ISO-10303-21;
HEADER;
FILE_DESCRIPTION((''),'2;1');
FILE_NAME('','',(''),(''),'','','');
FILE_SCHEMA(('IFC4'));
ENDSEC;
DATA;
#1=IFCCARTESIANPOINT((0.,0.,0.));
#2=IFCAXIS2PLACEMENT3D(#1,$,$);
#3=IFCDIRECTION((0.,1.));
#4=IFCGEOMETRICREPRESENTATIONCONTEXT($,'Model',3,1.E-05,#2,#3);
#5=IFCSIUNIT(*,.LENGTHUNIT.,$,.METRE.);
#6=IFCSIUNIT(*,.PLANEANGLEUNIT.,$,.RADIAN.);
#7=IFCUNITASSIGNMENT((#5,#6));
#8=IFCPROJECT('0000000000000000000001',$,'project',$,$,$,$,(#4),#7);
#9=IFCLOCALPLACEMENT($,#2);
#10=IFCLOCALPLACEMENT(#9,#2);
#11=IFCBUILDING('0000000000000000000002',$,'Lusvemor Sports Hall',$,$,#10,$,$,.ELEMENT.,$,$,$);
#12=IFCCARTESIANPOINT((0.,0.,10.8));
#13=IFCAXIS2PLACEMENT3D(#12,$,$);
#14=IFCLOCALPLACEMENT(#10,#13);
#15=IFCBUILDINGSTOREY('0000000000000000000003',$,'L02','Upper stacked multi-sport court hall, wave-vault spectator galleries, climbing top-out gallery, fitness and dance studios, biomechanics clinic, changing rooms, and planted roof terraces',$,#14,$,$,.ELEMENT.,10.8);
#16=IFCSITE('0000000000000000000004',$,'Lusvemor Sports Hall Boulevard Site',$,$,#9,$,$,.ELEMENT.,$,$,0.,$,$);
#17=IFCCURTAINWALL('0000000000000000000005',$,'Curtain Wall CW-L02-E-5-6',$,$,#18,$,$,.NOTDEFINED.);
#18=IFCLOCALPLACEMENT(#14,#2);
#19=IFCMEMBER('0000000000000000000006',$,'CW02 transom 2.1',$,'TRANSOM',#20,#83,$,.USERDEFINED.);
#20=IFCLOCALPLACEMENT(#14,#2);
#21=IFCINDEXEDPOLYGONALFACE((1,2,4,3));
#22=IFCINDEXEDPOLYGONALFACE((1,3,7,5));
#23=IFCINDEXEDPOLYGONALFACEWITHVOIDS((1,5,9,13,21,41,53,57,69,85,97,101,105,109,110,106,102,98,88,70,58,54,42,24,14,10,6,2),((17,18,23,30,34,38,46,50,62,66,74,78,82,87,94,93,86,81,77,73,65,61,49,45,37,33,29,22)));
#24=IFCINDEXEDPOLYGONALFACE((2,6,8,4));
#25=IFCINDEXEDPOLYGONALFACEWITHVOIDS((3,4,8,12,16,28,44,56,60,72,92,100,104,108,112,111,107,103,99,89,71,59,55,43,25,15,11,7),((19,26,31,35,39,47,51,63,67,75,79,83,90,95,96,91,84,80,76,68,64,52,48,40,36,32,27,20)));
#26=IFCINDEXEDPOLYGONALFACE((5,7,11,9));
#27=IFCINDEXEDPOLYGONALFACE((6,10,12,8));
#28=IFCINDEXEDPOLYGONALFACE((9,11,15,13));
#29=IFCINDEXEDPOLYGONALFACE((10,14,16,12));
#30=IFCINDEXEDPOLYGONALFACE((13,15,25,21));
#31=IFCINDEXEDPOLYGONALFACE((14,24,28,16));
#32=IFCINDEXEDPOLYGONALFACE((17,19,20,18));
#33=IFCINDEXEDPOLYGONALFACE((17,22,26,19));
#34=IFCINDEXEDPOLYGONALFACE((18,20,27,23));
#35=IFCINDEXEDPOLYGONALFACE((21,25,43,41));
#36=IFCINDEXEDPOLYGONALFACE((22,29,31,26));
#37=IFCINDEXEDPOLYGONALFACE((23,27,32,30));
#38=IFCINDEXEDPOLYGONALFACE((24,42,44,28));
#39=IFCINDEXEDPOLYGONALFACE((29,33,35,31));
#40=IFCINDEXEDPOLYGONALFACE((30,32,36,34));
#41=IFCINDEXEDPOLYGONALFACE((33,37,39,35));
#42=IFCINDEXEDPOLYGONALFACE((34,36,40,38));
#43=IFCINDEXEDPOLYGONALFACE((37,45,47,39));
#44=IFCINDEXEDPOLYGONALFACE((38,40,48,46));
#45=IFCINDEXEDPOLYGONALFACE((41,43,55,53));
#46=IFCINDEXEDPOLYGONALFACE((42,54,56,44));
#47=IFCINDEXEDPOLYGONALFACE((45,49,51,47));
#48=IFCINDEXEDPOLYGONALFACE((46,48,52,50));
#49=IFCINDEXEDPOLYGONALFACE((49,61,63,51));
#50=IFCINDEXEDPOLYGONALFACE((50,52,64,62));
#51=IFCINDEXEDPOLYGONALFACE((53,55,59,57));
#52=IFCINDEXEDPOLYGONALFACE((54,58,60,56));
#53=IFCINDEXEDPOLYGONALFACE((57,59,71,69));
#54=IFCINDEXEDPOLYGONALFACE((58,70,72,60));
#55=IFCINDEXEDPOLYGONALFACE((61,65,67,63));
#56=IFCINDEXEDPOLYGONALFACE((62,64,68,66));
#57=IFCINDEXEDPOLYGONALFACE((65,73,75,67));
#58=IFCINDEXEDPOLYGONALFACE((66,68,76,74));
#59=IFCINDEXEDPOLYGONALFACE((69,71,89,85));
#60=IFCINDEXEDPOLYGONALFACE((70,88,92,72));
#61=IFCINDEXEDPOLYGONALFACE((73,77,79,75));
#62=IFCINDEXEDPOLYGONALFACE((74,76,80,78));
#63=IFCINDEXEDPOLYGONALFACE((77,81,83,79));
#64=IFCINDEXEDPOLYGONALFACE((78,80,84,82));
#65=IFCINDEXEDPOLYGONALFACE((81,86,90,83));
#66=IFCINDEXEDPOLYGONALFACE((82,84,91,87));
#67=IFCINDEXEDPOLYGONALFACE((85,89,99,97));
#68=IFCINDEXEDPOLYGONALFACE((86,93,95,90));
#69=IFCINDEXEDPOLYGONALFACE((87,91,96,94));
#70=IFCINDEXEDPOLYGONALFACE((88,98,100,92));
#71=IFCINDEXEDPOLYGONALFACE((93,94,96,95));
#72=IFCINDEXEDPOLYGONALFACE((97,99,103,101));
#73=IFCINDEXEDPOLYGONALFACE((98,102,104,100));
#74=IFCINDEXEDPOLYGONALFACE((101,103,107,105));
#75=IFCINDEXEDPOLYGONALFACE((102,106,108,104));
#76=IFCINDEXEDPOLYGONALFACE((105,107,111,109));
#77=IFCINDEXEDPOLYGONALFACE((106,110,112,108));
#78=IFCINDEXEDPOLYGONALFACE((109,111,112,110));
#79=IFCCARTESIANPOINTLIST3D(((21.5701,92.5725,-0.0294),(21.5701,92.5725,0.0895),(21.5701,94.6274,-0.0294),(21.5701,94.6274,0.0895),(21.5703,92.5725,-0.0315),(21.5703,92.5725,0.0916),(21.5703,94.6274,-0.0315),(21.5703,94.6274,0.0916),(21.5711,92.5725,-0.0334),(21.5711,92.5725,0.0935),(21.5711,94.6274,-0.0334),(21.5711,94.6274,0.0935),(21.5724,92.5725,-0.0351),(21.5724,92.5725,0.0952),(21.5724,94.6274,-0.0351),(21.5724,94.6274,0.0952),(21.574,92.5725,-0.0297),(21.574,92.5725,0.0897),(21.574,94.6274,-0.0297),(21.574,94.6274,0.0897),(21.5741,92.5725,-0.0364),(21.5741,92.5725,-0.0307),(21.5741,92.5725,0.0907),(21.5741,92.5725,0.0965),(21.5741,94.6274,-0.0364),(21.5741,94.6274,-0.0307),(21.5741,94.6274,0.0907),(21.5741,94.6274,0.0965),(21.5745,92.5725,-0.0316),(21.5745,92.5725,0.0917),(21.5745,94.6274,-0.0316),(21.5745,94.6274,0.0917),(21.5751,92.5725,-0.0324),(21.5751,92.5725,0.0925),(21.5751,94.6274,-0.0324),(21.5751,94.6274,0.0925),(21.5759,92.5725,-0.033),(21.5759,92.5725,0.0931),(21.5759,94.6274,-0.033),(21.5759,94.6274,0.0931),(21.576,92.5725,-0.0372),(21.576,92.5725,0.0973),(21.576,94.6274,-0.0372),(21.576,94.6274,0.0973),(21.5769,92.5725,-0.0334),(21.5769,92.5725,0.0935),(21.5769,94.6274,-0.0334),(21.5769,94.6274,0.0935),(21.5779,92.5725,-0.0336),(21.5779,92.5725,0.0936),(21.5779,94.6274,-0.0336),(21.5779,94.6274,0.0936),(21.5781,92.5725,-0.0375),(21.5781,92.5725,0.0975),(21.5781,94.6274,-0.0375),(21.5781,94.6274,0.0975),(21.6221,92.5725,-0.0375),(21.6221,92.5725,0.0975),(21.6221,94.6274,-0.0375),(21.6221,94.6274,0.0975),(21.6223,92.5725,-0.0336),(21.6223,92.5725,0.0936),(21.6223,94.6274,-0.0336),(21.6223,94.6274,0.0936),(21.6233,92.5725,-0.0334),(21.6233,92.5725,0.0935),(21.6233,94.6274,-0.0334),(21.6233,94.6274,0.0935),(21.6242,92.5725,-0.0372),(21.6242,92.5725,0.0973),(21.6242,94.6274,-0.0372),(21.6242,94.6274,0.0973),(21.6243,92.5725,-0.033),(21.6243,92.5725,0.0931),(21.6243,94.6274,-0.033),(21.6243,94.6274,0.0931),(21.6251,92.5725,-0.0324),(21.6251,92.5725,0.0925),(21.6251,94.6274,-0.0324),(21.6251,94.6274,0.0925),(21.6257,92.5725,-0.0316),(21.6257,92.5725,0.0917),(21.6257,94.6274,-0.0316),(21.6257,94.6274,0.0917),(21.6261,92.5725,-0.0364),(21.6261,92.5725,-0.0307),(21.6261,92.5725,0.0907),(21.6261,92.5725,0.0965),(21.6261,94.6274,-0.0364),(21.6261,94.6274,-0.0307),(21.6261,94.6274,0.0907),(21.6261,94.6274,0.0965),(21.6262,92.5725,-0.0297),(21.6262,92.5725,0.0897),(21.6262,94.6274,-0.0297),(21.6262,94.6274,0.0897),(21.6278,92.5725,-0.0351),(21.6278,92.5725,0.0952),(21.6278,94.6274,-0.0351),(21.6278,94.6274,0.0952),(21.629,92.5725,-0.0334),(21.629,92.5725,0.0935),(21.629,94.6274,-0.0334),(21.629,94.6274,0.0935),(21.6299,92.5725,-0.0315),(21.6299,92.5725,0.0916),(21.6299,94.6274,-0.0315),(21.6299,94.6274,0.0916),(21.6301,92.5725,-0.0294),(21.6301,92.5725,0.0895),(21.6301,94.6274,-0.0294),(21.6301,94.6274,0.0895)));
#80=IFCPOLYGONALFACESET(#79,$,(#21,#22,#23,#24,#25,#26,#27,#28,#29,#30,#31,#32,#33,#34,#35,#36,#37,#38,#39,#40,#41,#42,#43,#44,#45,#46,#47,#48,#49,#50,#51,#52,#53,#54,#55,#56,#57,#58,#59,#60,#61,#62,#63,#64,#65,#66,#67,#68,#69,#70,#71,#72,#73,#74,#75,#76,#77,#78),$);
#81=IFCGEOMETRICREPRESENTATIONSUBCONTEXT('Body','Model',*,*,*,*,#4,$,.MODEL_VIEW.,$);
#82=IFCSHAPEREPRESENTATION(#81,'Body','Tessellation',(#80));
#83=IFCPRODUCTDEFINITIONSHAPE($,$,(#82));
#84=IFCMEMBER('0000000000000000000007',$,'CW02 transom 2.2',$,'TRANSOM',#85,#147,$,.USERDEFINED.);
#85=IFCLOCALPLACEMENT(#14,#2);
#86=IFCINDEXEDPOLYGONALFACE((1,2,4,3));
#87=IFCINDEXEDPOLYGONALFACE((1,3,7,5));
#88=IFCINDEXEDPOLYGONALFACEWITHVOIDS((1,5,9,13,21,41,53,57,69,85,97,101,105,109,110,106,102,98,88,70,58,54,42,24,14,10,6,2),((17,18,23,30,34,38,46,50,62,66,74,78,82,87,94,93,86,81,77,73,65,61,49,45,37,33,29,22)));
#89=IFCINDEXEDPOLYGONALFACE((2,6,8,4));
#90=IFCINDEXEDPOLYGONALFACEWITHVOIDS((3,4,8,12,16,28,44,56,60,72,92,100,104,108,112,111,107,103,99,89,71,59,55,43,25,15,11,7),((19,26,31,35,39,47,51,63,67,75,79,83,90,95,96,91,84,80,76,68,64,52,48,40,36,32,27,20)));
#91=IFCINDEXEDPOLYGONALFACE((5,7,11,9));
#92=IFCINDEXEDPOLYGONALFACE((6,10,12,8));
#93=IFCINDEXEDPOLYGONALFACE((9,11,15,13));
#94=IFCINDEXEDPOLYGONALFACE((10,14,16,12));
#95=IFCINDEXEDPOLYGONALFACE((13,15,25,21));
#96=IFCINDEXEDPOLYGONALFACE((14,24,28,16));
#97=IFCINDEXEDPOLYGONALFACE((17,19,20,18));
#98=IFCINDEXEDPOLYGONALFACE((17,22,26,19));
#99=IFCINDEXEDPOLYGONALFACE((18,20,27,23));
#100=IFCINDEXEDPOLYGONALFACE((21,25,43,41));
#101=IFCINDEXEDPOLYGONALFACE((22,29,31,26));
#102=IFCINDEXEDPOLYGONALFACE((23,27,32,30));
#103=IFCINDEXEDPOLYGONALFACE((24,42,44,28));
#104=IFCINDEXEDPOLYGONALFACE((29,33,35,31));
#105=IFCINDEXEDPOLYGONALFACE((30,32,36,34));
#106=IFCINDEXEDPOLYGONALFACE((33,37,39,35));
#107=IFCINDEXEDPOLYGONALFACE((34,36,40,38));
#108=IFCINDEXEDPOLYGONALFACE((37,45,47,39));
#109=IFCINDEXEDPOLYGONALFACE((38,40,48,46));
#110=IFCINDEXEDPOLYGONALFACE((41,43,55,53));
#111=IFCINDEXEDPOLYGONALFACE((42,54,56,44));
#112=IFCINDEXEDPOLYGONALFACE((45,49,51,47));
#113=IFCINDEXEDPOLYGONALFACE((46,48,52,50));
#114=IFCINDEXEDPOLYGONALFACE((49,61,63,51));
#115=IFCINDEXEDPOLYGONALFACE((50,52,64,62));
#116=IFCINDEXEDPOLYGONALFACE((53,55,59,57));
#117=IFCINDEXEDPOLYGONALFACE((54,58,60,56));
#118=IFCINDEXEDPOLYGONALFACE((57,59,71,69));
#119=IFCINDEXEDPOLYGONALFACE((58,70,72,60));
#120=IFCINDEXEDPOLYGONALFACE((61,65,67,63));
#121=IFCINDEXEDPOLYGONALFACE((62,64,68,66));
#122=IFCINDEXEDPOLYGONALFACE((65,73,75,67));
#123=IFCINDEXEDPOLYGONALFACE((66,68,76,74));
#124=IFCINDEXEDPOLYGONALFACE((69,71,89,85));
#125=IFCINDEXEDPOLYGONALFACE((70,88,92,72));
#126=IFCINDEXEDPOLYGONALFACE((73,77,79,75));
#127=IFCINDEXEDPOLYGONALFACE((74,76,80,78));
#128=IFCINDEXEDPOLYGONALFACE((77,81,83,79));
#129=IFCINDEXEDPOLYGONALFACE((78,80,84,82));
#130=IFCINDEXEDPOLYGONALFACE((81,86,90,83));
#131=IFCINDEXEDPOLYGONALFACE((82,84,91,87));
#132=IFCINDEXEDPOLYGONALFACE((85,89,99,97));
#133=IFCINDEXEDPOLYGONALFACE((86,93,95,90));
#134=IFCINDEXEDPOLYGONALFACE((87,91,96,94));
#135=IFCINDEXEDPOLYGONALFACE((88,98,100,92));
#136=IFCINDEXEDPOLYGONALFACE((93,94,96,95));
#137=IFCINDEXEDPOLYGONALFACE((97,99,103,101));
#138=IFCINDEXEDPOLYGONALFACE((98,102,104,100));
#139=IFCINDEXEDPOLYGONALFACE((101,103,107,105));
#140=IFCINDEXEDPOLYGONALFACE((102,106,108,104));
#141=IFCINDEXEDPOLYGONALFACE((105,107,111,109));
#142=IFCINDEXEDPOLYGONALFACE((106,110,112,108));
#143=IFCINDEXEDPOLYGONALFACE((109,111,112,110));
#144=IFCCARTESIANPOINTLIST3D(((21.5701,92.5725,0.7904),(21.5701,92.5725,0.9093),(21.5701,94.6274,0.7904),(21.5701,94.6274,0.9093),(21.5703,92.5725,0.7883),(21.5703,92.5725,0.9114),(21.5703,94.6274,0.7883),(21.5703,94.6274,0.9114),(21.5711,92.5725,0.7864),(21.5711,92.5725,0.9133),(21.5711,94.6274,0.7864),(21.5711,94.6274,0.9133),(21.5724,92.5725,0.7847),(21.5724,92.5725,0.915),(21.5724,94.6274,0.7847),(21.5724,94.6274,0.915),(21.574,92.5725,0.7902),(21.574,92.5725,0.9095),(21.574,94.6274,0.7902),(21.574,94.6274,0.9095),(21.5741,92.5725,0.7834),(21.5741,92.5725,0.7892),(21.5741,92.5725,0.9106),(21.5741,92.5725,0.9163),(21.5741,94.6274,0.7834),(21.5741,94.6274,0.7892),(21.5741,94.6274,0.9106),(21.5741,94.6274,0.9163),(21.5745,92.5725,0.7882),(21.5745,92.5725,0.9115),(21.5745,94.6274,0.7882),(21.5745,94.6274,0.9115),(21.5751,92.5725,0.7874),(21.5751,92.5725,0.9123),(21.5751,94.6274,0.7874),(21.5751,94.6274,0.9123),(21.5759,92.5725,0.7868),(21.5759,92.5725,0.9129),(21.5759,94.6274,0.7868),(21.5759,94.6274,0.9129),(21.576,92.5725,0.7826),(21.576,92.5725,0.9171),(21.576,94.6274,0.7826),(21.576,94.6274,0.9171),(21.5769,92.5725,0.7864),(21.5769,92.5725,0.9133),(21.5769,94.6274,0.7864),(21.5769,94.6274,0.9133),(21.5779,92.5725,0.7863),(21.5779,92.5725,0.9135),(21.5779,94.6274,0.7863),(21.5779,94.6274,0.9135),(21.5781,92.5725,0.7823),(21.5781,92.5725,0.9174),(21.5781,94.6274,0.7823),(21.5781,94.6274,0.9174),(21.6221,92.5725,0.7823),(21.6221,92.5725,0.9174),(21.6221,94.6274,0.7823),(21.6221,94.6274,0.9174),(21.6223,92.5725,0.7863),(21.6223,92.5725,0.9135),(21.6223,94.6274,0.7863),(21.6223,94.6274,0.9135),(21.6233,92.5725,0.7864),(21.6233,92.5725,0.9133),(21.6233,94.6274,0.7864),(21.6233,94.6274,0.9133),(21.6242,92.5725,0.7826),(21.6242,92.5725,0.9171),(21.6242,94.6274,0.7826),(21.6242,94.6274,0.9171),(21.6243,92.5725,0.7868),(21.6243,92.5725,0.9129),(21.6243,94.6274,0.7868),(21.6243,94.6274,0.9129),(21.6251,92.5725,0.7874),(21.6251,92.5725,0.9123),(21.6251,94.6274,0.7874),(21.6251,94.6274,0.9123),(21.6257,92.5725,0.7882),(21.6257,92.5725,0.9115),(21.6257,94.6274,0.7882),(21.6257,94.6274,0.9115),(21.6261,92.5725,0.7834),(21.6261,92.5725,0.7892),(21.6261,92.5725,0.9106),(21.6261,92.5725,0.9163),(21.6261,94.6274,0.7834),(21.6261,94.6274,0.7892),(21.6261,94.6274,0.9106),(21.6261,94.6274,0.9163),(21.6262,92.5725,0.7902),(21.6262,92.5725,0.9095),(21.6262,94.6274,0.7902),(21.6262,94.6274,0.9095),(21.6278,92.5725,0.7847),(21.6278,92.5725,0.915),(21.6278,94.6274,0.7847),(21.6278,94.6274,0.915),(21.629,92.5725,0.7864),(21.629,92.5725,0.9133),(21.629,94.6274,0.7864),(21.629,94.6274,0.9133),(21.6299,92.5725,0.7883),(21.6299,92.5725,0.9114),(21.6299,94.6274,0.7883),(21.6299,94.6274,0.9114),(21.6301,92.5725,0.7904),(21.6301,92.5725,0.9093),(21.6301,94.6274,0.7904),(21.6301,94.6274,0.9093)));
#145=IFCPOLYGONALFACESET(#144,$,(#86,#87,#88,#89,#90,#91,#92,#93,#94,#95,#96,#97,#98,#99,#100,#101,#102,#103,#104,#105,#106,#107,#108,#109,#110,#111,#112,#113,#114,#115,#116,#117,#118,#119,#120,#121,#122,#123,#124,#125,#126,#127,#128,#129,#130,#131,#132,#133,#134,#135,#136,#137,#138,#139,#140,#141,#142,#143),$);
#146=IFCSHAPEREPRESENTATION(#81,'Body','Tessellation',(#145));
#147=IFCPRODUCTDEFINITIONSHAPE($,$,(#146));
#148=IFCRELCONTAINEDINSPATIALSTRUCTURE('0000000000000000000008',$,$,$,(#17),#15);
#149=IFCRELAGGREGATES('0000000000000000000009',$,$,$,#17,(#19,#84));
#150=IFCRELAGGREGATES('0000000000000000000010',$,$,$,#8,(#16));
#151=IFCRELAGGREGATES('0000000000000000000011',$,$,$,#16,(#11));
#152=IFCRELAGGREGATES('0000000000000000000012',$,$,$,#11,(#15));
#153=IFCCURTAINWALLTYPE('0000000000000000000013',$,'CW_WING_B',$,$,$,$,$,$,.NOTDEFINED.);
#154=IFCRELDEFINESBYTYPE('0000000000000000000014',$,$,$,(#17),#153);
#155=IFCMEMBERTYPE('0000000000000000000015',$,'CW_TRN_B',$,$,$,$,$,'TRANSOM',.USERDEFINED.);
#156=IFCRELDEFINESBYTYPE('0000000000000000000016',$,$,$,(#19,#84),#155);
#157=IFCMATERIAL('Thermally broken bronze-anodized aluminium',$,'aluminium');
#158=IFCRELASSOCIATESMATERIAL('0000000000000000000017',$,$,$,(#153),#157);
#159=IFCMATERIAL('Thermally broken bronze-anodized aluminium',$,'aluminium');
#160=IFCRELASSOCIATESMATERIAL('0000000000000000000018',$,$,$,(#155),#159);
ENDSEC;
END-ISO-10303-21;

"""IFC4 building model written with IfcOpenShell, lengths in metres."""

from ifc_helpers import new_model, si_unit, direction, frame, origin, origin_2d, place, context, subcontext, project, spatial, hollow_rectangle, extrude, material, material_profile, profile_set, type_object, element, aggregate, save


model = new_model("IFC4")

# Units and contexts
model_context = context("Model", 3, precision=1e-05, world=origin(), true_north=direction((0.0, 1.0)))
body_context = subcontext(model_context, "Body", "Model", "MODEL_VIEW")
ifc_project = project(units=[si_unit("LENGTHUNIT", "METRE"), si_unit("PLANEANGLEUNIT", "RADIAN")], contexts=[model_context])

# Site, building, storey
site_placement = place(None, origin())
site = spatial("IfcSite", under=ifc_project, at=site_placement, Name="Lusvemor Sports Hall Boulevard Site", CompositionType="ELEMENT", RefElevation=0.0)
building_placement = place(site_placement, origin())
building = spatial("IfcBuilding", under=site, at=building_placement, Name="Lusvemor Sports Hall", CompositionType="ELEMENT")
storey_placement = place(building_placement, frame((0.0, 0.0, 10.8)))
storey = spatial("IfcBuildingStorey", under=building, at=storey_placement, Name="L02", Description="Upper stacked multi-sport court hall, wave-vault spectator galleries, climbing top-out gallery, fitness and dance studios, biomechanics clinic, changing rooms, and planted roof terraces", CompositionType="ELEMENT", Elevation=10.8)

# Curtain wall, members
ifc_material_1 = material(Name="Thermally broken bronze-anodized aluminium", Category="aluminium")
curtain_wall_type = type_object("IfcCurtainWallType", Name="CW_WING_B", PredefinedType="NOTDEFINED", material=ifc_material_1)
curtain_wall_placement = place(storey_placement, origin())
curtain_wall = element("IfcCurtainWall", 1, at=curtain_wall_placement, inside=storey, type_object=curtain_wall_type, Name="Curtain Wall CW-L02-E-5-6", PredefinedType="NOTDEFINED")
ifc_material_2 = material(Name="Thermally broken bronze-anodized aluminium", Category="aluminium")
ifc_material_profile_1 = material_profile(ifc_material_2, hollow_rectangle(XDim=0.0601, YDim=0.135, WallThickness=0.0039, InnerFilletRadius=0.0039, OuterFilletRadius=0.0081, at=origin_2d()), Name="CWTRN135x60x4")
ifc_profile_set_1 = profile_set([ifc_material_profile_1], Name="Thermally broken bronze-anodized aluminium")
member_type_1 = type_object("IfcMemberType", Name="CW_TRN_B", ElementType="TRANSOM", PredefinedType="USERDEFINED", material=ifc_profile_set_1)
member_1_placement = place(storey_placement, frame((21.6001, 94.6274, 0.03), z_axis=(0.0, -1.0, 0.0), x_axis=(1.0, 0.0, 0.0)))
member_1 = element("IfcMember", 2, at=member_1_placement, type_object=member_type_1, Name="CW02 transom 2.1", ObjectType="TRANSOM", PredefinedType="USERDEFINED", context=body_context, shape_type="SweptSolid", body=[
    extrude(hollow_rectangle(XDim=0.0601, YDim=0.135, WallThickness=0.0039, InnerFilletRadius=0.0039, OuterFilletRadius=0.0081, at=origin_2d()), origin(), (0.0, 0.0, 1.0), 2.0549),
])
member_2_placement = place(storey_placement, frame((21.6001, 94.6274, 0.8499), z_axis=(0.0, -1.0, 0.0), x_axis=(1.0, 0.0, 0.0)))
member_2 = element("IfcMember", 3, at=member_2_placement, type_object=member_type_1, Name="CW02 transom 2.2", ObjectType="TRANSOM", PredefinedType="USERDEFINED", context=body_context, shape_type="SweptSolid", body=[
    extrude(hollow_rectangle(XDim=0.0601, YDim=0.135, WallThickness=0.0039, InnerFilletRadius=0.0039, OuterFilletRadius=0.0081, at=origin_2d()), origin(), (0.0, 0.0, 1.0), 2.0549),
])

aggregate(curtain_wall, [member_1, member_2])

save(model, "model.ifc")
